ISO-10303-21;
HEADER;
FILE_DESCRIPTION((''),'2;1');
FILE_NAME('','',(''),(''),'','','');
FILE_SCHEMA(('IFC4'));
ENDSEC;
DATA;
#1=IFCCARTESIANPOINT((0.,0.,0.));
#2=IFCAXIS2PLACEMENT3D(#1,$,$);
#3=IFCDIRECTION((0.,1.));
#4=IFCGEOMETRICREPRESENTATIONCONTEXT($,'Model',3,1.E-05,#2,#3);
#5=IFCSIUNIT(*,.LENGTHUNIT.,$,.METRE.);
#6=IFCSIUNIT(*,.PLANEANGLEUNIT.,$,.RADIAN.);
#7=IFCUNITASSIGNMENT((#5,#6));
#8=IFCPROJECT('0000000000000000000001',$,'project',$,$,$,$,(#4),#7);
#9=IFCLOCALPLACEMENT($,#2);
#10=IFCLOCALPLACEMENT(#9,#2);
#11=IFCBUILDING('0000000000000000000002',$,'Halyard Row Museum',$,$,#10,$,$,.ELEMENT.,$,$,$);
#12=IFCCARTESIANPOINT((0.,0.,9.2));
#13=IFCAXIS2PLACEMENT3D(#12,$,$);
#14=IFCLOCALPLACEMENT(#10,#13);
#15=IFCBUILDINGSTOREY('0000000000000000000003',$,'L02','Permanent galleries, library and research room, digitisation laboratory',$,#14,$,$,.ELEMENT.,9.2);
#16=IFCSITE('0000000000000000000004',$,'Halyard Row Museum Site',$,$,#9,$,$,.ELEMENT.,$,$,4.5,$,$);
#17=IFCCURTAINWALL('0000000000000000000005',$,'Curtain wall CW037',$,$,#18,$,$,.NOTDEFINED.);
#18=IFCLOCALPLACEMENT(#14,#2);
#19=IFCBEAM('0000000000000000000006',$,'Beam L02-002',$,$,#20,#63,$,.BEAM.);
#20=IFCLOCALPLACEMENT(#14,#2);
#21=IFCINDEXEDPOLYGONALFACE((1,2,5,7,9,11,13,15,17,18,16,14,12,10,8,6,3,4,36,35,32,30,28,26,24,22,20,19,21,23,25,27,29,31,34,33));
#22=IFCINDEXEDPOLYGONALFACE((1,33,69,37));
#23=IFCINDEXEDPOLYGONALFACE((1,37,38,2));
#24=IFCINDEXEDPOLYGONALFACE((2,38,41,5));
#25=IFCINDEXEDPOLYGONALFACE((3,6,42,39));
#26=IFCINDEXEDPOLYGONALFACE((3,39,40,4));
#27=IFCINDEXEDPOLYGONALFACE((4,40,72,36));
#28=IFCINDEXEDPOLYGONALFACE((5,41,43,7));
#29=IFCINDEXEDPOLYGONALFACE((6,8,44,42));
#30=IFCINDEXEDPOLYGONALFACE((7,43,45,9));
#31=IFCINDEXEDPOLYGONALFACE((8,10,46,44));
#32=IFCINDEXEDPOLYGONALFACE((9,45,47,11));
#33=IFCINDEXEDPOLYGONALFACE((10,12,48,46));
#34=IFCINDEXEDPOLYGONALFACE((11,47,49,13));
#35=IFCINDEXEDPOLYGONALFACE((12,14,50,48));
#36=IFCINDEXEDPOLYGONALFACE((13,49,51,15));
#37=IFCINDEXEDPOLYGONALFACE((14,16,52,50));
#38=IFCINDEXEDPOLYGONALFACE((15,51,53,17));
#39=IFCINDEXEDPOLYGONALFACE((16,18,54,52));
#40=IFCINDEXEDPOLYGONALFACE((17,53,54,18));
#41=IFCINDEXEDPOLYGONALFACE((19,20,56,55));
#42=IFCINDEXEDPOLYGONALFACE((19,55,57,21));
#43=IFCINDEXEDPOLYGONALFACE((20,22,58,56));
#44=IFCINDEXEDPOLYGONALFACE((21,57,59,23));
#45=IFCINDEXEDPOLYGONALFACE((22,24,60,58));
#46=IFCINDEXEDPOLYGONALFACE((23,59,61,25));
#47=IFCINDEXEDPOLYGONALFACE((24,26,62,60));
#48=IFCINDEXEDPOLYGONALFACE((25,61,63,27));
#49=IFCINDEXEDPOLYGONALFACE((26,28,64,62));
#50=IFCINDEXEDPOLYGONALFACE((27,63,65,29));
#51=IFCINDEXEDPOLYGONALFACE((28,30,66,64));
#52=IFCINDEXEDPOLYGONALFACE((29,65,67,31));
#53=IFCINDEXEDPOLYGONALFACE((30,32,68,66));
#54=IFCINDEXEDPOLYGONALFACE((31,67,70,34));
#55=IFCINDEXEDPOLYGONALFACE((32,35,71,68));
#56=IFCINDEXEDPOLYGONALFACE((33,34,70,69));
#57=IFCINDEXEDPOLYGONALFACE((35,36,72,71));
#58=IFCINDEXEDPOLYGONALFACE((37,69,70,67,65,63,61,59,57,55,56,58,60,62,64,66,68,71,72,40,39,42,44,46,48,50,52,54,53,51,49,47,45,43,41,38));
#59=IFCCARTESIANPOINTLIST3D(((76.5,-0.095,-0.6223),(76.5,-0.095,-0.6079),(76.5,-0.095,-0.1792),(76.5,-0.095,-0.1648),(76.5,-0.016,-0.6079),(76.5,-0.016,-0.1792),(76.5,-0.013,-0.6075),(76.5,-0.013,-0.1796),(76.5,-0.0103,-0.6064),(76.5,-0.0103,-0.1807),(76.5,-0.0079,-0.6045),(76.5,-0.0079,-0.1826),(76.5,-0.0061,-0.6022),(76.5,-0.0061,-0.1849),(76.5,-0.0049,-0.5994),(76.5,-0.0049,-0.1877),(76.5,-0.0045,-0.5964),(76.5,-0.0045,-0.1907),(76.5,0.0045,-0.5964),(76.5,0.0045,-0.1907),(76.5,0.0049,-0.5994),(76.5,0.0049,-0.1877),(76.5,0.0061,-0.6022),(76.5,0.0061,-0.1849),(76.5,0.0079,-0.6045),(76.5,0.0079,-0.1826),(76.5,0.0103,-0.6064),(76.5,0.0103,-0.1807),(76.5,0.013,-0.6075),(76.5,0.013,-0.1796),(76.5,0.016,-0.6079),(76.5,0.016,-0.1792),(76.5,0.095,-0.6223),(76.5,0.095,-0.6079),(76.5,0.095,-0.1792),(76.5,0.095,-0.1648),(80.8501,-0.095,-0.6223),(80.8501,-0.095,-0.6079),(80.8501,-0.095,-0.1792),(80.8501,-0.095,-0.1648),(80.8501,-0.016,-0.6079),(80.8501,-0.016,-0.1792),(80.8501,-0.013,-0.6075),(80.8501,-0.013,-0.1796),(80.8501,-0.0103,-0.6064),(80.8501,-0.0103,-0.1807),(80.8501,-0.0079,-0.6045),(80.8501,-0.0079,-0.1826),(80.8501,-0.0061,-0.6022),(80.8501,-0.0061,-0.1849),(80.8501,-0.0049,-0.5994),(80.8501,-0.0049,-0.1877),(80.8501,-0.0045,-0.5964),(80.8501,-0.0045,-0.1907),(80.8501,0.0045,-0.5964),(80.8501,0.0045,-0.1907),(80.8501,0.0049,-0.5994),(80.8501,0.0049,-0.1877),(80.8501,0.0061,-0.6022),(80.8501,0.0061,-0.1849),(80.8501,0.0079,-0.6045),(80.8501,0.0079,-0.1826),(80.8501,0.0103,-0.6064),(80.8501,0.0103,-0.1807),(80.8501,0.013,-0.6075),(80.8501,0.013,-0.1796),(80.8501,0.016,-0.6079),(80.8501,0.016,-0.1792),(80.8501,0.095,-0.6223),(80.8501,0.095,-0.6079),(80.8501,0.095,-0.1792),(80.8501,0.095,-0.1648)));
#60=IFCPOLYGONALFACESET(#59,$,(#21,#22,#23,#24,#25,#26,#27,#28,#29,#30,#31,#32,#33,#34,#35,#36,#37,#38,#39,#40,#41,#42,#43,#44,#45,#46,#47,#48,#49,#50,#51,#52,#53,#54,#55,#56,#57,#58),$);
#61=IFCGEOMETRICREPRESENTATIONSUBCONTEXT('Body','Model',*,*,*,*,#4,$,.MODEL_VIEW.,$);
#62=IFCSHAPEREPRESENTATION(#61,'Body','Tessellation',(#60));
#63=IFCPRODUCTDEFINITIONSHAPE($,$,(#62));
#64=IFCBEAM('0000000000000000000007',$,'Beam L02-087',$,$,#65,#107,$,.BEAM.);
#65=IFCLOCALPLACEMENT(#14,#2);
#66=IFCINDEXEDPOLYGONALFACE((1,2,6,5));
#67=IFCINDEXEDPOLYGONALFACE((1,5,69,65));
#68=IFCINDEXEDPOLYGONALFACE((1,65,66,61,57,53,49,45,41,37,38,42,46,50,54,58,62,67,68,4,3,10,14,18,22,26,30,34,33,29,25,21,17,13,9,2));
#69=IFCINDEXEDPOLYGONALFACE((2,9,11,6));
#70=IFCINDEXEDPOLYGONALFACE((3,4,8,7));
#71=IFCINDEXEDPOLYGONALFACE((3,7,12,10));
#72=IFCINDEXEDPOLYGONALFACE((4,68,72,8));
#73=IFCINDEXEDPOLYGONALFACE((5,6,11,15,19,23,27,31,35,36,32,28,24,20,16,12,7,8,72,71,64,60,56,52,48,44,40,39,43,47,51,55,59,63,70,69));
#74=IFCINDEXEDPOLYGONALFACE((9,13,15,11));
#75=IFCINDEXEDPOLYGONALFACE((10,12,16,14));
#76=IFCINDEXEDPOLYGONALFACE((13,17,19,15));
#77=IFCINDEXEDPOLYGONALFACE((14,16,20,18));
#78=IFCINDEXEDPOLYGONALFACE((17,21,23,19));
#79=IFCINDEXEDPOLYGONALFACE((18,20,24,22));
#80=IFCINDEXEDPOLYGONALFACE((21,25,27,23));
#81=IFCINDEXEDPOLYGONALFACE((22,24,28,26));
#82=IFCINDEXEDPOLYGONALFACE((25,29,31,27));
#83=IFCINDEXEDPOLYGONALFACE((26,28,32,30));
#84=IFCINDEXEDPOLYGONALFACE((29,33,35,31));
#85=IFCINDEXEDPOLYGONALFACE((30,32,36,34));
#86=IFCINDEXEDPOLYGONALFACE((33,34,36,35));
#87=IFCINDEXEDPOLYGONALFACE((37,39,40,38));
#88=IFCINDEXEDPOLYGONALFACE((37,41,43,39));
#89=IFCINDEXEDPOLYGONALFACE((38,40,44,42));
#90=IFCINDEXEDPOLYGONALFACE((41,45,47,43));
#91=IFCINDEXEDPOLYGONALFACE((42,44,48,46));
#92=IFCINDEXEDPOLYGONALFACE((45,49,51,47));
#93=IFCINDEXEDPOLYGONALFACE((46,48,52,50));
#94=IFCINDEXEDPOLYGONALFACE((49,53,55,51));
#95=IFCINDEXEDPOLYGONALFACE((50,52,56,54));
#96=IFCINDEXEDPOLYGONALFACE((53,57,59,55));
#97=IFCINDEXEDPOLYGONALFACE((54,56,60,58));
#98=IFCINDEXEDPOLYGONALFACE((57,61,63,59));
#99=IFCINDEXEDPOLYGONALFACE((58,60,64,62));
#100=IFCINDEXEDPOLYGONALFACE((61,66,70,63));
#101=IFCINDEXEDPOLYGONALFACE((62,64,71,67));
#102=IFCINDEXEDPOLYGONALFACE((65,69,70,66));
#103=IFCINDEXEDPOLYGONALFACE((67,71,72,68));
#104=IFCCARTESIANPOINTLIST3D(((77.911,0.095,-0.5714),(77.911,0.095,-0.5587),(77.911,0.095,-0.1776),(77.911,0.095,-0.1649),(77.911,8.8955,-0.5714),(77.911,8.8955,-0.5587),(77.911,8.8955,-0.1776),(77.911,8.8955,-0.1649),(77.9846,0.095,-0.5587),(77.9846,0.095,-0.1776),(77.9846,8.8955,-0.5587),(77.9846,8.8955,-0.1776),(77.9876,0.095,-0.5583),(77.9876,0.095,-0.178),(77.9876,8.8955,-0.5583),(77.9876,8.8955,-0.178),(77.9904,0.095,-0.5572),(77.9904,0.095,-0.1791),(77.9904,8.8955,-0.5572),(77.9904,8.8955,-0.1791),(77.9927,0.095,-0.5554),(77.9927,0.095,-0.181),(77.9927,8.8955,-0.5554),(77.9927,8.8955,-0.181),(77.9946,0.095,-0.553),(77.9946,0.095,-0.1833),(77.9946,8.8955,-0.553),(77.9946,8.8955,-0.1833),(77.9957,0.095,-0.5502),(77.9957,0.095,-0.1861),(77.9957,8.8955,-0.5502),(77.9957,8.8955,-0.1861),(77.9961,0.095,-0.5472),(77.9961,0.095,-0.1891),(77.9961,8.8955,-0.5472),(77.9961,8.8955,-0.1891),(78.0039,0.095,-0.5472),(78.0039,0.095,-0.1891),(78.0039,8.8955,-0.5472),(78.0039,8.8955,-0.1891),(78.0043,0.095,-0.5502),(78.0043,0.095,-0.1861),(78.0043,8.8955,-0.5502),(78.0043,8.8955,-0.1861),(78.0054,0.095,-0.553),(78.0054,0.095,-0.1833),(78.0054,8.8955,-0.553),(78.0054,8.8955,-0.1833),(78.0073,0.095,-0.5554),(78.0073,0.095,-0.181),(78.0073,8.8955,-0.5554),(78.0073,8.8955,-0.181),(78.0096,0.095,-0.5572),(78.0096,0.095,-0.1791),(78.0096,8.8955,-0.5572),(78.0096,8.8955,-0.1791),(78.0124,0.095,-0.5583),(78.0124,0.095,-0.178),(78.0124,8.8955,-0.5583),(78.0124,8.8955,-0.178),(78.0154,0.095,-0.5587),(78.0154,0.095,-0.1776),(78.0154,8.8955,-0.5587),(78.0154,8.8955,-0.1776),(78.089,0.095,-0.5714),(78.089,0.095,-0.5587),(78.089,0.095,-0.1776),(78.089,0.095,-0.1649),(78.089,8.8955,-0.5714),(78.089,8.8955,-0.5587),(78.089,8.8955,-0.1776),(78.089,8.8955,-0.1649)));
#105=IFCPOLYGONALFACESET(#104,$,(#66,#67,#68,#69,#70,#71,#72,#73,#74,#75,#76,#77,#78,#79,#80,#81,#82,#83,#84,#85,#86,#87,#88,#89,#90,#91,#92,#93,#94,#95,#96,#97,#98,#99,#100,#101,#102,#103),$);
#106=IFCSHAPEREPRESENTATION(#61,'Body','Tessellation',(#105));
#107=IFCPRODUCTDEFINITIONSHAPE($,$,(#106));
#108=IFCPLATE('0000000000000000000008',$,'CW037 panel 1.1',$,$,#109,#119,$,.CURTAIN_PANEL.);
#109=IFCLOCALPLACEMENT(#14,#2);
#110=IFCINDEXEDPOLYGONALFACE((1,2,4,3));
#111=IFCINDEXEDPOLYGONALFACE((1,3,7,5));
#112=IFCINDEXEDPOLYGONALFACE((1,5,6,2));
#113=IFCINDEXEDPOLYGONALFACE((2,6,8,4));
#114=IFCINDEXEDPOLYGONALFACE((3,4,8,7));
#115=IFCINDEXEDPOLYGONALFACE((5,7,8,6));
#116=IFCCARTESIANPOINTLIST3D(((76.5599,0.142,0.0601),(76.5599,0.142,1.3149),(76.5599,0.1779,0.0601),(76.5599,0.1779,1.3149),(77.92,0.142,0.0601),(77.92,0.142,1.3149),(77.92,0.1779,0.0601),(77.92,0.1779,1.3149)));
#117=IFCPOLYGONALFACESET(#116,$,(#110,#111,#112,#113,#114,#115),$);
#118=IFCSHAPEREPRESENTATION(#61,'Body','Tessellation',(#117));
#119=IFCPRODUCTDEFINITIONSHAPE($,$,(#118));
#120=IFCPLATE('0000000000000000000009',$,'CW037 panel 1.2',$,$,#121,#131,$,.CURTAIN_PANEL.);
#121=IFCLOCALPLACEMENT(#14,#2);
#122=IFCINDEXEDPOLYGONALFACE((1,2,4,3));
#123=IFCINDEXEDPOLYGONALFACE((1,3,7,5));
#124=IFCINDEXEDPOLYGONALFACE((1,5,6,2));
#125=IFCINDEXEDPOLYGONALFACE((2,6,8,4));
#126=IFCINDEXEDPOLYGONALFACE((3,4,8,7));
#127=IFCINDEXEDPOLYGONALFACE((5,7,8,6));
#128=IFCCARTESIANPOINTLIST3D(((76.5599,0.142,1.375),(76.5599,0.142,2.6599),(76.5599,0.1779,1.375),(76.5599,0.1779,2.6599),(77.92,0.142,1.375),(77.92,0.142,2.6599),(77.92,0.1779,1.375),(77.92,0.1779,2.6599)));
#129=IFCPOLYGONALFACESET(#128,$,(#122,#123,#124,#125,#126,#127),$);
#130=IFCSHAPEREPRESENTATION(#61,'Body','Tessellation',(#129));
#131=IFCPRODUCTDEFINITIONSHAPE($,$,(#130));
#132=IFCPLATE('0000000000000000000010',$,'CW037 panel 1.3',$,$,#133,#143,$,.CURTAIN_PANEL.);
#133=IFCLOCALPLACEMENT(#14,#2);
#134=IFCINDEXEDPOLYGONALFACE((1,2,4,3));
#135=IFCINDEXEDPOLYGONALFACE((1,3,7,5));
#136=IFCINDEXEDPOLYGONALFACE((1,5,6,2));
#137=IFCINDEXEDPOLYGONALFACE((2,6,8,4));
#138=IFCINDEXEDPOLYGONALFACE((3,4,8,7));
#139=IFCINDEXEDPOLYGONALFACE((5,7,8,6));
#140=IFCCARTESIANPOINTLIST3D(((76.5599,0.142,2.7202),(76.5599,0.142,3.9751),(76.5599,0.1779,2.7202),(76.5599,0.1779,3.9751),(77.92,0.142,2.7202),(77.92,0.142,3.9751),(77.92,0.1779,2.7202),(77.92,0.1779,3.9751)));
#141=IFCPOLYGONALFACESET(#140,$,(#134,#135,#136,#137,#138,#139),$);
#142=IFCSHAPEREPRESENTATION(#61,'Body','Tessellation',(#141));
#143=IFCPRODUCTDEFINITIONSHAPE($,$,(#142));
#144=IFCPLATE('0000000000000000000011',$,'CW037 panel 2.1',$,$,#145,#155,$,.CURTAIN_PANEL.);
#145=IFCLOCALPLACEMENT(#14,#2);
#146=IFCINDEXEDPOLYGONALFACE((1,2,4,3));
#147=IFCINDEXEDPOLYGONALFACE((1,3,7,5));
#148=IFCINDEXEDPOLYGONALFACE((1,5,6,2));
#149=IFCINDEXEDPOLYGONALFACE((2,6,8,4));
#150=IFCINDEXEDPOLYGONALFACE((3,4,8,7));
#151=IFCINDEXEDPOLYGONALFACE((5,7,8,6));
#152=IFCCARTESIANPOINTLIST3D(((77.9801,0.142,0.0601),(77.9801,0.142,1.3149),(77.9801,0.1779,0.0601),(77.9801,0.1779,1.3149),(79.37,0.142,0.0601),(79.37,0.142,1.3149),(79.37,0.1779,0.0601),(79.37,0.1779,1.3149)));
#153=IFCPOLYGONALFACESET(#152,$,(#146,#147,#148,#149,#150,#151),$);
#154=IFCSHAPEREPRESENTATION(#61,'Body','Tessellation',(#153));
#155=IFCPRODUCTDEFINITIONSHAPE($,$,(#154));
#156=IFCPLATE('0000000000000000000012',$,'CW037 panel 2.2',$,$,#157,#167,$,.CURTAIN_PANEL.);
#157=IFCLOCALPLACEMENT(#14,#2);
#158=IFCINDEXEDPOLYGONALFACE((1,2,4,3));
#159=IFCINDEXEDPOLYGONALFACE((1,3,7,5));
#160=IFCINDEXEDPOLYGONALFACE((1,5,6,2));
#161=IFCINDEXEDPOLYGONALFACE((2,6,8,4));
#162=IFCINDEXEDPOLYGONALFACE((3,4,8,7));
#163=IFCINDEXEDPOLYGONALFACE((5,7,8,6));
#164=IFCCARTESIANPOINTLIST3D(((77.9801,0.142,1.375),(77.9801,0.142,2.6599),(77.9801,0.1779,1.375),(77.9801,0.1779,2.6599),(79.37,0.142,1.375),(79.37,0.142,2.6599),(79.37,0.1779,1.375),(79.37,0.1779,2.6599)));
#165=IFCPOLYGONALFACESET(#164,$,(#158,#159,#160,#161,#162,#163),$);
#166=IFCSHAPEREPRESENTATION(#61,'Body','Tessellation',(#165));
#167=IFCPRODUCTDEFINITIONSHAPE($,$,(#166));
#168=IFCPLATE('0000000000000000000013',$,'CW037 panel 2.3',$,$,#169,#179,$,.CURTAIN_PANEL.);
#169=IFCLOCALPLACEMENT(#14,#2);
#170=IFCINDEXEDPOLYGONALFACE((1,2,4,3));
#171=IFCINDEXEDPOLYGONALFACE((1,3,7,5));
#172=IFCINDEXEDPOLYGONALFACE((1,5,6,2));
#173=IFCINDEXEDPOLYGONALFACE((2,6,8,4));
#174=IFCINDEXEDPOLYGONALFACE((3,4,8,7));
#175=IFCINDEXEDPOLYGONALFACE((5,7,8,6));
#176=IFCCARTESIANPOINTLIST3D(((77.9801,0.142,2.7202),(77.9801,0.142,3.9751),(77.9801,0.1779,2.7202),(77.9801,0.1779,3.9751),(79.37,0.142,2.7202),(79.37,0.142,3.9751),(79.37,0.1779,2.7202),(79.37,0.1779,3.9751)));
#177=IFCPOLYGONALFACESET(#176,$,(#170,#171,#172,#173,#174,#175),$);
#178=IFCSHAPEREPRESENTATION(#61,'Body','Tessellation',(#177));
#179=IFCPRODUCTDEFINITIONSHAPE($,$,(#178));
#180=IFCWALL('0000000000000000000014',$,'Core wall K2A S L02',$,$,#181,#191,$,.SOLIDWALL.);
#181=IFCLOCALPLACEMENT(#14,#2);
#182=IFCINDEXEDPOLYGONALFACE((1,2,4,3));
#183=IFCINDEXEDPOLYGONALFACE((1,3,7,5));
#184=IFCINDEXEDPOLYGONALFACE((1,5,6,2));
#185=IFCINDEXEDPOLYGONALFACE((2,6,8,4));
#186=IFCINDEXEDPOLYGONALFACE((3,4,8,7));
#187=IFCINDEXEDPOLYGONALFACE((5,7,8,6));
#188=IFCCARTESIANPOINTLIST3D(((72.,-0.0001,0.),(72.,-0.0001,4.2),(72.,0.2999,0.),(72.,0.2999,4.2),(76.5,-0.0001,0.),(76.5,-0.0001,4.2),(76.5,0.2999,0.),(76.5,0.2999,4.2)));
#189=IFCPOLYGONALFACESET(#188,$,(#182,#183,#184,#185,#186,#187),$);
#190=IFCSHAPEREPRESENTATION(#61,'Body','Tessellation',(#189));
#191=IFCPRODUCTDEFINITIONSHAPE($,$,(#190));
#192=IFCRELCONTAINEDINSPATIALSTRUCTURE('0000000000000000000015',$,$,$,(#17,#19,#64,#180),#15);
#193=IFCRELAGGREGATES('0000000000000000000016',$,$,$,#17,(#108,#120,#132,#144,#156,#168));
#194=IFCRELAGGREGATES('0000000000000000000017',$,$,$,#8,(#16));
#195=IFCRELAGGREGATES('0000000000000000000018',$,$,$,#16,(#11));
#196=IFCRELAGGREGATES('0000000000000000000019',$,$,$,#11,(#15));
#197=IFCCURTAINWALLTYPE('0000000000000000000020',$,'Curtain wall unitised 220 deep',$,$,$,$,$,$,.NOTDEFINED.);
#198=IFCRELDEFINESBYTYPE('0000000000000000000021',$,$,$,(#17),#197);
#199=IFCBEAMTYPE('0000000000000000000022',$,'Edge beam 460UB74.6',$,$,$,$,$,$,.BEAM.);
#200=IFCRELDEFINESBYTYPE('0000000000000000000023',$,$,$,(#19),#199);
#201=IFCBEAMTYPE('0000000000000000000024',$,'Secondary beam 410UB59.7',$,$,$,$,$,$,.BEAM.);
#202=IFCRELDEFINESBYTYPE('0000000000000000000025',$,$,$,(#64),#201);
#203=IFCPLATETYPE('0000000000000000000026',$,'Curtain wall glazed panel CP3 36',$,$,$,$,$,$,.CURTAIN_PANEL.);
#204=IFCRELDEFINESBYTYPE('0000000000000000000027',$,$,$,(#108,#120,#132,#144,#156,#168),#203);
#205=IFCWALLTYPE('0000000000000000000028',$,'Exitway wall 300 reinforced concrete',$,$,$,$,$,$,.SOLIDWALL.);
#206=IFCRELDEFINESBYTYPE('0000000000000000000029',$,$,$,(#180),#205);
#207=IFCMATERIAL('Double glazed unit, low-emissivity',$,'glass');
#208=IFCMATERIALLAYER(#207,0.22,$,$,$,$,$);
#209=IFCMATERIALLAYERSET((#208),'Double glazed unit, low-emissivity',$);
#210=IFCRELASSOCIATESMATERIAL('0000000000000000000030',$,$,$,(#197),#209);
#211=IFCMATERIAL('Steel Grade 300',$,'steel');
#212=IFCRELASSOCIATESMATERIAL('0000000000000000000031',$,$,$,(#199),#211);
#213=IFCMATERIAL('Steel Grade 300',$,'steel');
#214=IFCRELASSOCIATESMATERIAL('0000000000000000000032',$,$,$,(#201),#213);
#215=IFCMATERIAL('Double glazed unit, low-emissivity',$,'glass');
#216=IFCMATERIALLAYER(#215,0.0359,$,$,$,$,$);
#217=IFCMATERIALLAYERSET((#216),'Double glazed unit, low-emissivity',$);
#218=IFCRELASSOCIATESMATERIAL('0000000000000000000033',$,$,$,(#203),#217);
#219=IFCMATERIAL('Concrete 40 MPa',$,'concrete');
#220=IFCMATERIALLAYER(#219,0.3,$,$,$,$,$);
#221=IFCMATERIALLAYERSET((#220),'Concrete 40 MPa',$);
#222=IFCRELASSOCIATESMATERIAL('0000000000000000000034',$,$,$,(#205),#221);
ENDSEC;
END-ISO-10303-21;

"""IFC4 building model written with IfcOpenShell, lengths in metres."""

from ifc_helpers import new_model, si_unit, direction, frame, frame_2d, origin, origin_2d, place, context, subcontext, project, spatial, rectangle, i_section, extrude, material, layer, layer_set, material_profile, profile_set, type_object, element, aggregate, save


model = new_model("IFC4")

# Units and contexts
model_context = context("Model", 3, precision=1e-05, world=origin(), true_north=direction((0.0, 1.0)))
body_context = subcontext(model_context, "Body", "Model", "MODEL_VIEW")
ifc_project = project(units=[si_unit("LENGTHUNIT", "METRE"), si_unit("PLANEANGLEUNIT", "RADIAN")], contexts=[model_context])

# Site, building, storey
site_placement = place(None, origin())
site = spatial("IfcSite", under=ifc_project, at=site_placement, Name="Halyard Row Museum Site", CompositionType="ELEMENT", RefElevation=4.5)
building_placement = place(site_placement, origin())
building = spatial("IfcBuilding", under=site, at=building_placement, Name="Halyard Row Museum", CompositionType="ELEMENT")
storey_placement = place(building_placement, frame((0.0, 0.0, 9.2)))
storey = spatial("IfcBuildingStorey", under=building, at=storey_placement, Name="L02", Description="Permanent galleries, library and research room, digitisation laboratory", CompositionType="ELEMENT", Elevation=9.2)

# Curtain wall
ifc_material_1 = material(Name="Double glazed unit, low-emissivity", Category="glass")
ifc_layer_1 = layer(ifc_material_1, 0.22)
ifc_layer_set_1 = layer_set([ifc_layer_1], Name="Double glazed unit, low-emissivity")
curtain_wall_type = type_object("IfcCurtainWallType", Name="Curtain wall unitised 220 deep", PredefinedType="NOTDEFINED", material=ifc_layer_set_1)
curtain_wall_placement = place(storey_placement, origin())
curtain_wall = element("IfcCurtainWall", 1, at=curtain_wall_placement, inside=storey, type_object=curtain_wall_type, Name="Curtain wall CW037", PredefinedType="NOTDEFINED")

# Beams
ifc_material_2 = material(Name="Steel Grade 300", Category="steel")
ifc_material_profile_1 = material_profile(ifc_material_2, i_section(OverallWidth=0.1899, OverallDepth=0.4575, WebThickness=0.009, FlangeThickness=0.0144, FilletRadius=0.0115, at=origin_2d()), Name="460UB74.6")
ifc_profile_set_1 = profile_set([ifc_material_profile_1], Name="Steel Grade 300")
beam_type_1 = type_object("IfcBeamType", Name="Edge beam 460UB74.6", PredefinedType="BEAM", material=ifc_profile_set_1)
beam_1_placement = place(storey_placement, frame((76.5, 0.0, -0.3936), z_axis=(1.0, 0.0, 0.0), x_axis=(0.0, 1.0, 0.0)))
element("IfcBeam", 2, at=beam_1_placement, inside=storey, type_object=beam_type_1, Name="Beam L02-002", PredefinedType="BEAM", context=body_context, shape_type="SweptSolid", body=[
    extrude(i_section(OverallWidth=0.1899, OverallDepth=0.4575, WebThickness=0.009, FlangeThickness=0.0144, FilletRadius=0.0115, at=origin_2d()), origin(), (0.0, 0.0, 1.0), 4.3501),
])
ifc_material_3 = material(Name="Steel Grade 300", Category="steel")
ifc_material_profile_2 = material_profile(ifc_material_3, i_section(OverallWidth=0.178, OverallDepth=0.4065, WebThickness=0.0078, FlangeThickness=0.0127, FilletRadius=0.0115, at=origin_2d()), Name="410UB59.7")
ifc_profile_set_2 = profile_set([ifc_material_profile_2], Name="Steel Grade 300")
beam_type_2 = type_object("IfcBeamType", Name="Secondary beam 410UB59.7", PredefinedType="BEAM", material=ifc_profile_set_2)
beam_2_placement = place(storey_placement, frame((78.0, 0.095, -0.3682), z_axis=(0.0, 1.0, 0.0), x_axis=(-1.0, 0.0, 0.0)))
element("IfcBeam", 3, at=beam_2_placement, inside=storey, type_object=beam_type_2, Name="Beam L02-087", PredefinedType="BEAM", context=body_context, shape_type="SweptSolid", body=[
    extrude(i_section(OverallWidth=0.178, OverallDepth=0.4065, WebThickness=0.0078, FlangeThickness=0.0127, FilletRadius=0.0115, at=origin_2d()), origin(), (0.0, 0.0, 1.0), 8.8005),
])

# Plates
ifc_material_4 = material(Name="Double glazed unit, low-emissivity", Category="glass")
ifc_layer_2 = layer(ifc_material_4, 0.0359)
ifc_layer_set_2 = layer_set([ifc_layer_2], Name="Double glazed unit, low-emissivity")
plate_type = type_object("IfcPlateType", Name="Curtain wall glazed panel CP3 36", PredefinedType="CURTAIN_PANEL", material=ifc_layer_set_2)
plate_1_placement = place(storey_placement, frame((77.24, 0.1599, 0.0601), z_axis=(0.0, 0.0, 1.0), x_axis=(1.0, 0.0, 0.0)))
plate_1 = element("IfcPlate", 4, at=plate_1_placement, type_object=plate_type, Name="CW037 panel 1.1", PredefinedType="CURTAIN_PANEL", context=body_context, shape_type="SweptSolid", body=[
    extrude(rectangle(XDim=1.3601, YDim=0.0359, at=origin_2d()), origin(), (0.0, 0.0, 1.0), 1.2549),
])
plate_2_placement = place(storey_placement, frame((77.24, 0.1599, 1.375), z_axis=(0.0, 0.0, 1.0), x_axis=(1.0, 0.0, 0.0)))
plate_2 = element("IfcPlate", 5, at=plate_2_placement, type_object=plate_type, Name="CW037 panel 1.2", PredefinedType="CURTAIN_PANEL", context=body_context, shape_type="SweptSolid", body=[
    extrude(rectangle(XDim=1.3601, YDim=0.0359, at=origin_2d()), origin(), (0.0, 0.0, 1.0), 1.2849),
])
plate_3_placement = place(storey_placement, frame((77.24, 0.1599, 2.7202), z_axis=(0.0, 0.0, 1.0), x_axis=(1.0, 0.0, 0.0)))
plate_3 = element("IfcPlate", 6, at=plate_3_placement, type_object=plate_type, Name="CW037 panel 1.3", PredefinedType="CURTAIN_PANEL", context=body_context, shape_type="SweptSolid", body=[
    extrude(rectangle(XDim=1.3601, YDim=0.0359, at=origin_2d()), origin(), (0.0, 0.0, 1.0), 1.2549),
])
plate_4_placement = place(storey_placement, frame((78.675, 0.1599, 0.0601), z_axis=(0.0, 0.0, 1.0), x_axis=(1.0, 0.0, 0.0)))
plate_4 = element("IfcPlate", 7, at=plate_4_placement, type_object=plate_type, Name="CW037 panel 2.1", PredefinedType="CURTAIN_PANEL", context=body_context, shape_type="SweptSolid", body=[
    extrude(rectangle(XDim=1.3899, YDim=0.0359, at=origin_2d()), origin(), (0.0, 0.0, 1.0), 1.2549),
])
plate_5_placement = place(storey_placement, frame((78.675, 0.1599, 1.375), z_axis=(0.0, 0.0, 1.0), x_axis=(1.0, 0.0, 0.0)))
plate_5 = element("IfcPlate", 8, at=plate_5_placement, type_object=plate_type, Name="CW037 panel 2.2", PredefinedType="CURTAIN_PANEL", context=body_context, shape_type="SweptSolid", body=[
    extrude(rectangle(XDim=1.3899, YDim=0.0359, at=origin_2d()), origin(), (0.0, 0.0, 1.0), 1.2849),
])
plate_6_placement = place(storey_placement, frame((78.675, 0.1599, 2.7202), z_axis=(0.0, 0.0, 1.0), x_axis=(1.0, 0.0, 0.0)))
plate_6 = element("IfcPlate", 9, at=plate_6_placement, type_object=plate_type, Name="CW037 panel 2.3", PredefinedType="CURTAIN_PANEL", context=body_context, shape_type="SweptSolid", body=[
    extrude(rectangle(XDim=1.3899, YDim=0.0359, at=origin_2d()), origin(), (0.0, 0.0, 1.0), 1.2549),
])
aggregate(curtain_wall, [plate_1, plate_2, plate_3, plate_4, plate_5, plate_6])

# Wall
ifc_material_5 = material(Name="Concrete 40 MPa", Category="concrete")
ifc_layer_3 = layer(ifc_material_5, 0.3)
ifc_layer_set_3 = layer_set([ifc_layer_3], Name="Concrete 40 MPa")
wall_type = type_object("IfcWallType", Name="Exitway wall 300 reinforced concrete", PredefinedType="SOLIDWALL", material=ifc_layer_set_3)
wall_placement = place(storey_placement, frame((72.0, 0.1499, 0.0), z_axis=(0.0, 0.0, 1.0), x_axis=(1.0, 0.0, 0.0)))
element("IfcWall", 10, at=wall_placement, inside=storey, type_object=wall_type, Name="Core wall K2A S L02", PredefinedType="SOLIDWALL", context=body_context, shape_type="SweptSolid", body=[
    extrude(rectangle(XDim=4.5, YDim=0.3, at=frame_2d((2.25, 0.0))), origin(), (0.0, 0.0, 1.0), 4.2),
])

save(model, "model.ifc")
